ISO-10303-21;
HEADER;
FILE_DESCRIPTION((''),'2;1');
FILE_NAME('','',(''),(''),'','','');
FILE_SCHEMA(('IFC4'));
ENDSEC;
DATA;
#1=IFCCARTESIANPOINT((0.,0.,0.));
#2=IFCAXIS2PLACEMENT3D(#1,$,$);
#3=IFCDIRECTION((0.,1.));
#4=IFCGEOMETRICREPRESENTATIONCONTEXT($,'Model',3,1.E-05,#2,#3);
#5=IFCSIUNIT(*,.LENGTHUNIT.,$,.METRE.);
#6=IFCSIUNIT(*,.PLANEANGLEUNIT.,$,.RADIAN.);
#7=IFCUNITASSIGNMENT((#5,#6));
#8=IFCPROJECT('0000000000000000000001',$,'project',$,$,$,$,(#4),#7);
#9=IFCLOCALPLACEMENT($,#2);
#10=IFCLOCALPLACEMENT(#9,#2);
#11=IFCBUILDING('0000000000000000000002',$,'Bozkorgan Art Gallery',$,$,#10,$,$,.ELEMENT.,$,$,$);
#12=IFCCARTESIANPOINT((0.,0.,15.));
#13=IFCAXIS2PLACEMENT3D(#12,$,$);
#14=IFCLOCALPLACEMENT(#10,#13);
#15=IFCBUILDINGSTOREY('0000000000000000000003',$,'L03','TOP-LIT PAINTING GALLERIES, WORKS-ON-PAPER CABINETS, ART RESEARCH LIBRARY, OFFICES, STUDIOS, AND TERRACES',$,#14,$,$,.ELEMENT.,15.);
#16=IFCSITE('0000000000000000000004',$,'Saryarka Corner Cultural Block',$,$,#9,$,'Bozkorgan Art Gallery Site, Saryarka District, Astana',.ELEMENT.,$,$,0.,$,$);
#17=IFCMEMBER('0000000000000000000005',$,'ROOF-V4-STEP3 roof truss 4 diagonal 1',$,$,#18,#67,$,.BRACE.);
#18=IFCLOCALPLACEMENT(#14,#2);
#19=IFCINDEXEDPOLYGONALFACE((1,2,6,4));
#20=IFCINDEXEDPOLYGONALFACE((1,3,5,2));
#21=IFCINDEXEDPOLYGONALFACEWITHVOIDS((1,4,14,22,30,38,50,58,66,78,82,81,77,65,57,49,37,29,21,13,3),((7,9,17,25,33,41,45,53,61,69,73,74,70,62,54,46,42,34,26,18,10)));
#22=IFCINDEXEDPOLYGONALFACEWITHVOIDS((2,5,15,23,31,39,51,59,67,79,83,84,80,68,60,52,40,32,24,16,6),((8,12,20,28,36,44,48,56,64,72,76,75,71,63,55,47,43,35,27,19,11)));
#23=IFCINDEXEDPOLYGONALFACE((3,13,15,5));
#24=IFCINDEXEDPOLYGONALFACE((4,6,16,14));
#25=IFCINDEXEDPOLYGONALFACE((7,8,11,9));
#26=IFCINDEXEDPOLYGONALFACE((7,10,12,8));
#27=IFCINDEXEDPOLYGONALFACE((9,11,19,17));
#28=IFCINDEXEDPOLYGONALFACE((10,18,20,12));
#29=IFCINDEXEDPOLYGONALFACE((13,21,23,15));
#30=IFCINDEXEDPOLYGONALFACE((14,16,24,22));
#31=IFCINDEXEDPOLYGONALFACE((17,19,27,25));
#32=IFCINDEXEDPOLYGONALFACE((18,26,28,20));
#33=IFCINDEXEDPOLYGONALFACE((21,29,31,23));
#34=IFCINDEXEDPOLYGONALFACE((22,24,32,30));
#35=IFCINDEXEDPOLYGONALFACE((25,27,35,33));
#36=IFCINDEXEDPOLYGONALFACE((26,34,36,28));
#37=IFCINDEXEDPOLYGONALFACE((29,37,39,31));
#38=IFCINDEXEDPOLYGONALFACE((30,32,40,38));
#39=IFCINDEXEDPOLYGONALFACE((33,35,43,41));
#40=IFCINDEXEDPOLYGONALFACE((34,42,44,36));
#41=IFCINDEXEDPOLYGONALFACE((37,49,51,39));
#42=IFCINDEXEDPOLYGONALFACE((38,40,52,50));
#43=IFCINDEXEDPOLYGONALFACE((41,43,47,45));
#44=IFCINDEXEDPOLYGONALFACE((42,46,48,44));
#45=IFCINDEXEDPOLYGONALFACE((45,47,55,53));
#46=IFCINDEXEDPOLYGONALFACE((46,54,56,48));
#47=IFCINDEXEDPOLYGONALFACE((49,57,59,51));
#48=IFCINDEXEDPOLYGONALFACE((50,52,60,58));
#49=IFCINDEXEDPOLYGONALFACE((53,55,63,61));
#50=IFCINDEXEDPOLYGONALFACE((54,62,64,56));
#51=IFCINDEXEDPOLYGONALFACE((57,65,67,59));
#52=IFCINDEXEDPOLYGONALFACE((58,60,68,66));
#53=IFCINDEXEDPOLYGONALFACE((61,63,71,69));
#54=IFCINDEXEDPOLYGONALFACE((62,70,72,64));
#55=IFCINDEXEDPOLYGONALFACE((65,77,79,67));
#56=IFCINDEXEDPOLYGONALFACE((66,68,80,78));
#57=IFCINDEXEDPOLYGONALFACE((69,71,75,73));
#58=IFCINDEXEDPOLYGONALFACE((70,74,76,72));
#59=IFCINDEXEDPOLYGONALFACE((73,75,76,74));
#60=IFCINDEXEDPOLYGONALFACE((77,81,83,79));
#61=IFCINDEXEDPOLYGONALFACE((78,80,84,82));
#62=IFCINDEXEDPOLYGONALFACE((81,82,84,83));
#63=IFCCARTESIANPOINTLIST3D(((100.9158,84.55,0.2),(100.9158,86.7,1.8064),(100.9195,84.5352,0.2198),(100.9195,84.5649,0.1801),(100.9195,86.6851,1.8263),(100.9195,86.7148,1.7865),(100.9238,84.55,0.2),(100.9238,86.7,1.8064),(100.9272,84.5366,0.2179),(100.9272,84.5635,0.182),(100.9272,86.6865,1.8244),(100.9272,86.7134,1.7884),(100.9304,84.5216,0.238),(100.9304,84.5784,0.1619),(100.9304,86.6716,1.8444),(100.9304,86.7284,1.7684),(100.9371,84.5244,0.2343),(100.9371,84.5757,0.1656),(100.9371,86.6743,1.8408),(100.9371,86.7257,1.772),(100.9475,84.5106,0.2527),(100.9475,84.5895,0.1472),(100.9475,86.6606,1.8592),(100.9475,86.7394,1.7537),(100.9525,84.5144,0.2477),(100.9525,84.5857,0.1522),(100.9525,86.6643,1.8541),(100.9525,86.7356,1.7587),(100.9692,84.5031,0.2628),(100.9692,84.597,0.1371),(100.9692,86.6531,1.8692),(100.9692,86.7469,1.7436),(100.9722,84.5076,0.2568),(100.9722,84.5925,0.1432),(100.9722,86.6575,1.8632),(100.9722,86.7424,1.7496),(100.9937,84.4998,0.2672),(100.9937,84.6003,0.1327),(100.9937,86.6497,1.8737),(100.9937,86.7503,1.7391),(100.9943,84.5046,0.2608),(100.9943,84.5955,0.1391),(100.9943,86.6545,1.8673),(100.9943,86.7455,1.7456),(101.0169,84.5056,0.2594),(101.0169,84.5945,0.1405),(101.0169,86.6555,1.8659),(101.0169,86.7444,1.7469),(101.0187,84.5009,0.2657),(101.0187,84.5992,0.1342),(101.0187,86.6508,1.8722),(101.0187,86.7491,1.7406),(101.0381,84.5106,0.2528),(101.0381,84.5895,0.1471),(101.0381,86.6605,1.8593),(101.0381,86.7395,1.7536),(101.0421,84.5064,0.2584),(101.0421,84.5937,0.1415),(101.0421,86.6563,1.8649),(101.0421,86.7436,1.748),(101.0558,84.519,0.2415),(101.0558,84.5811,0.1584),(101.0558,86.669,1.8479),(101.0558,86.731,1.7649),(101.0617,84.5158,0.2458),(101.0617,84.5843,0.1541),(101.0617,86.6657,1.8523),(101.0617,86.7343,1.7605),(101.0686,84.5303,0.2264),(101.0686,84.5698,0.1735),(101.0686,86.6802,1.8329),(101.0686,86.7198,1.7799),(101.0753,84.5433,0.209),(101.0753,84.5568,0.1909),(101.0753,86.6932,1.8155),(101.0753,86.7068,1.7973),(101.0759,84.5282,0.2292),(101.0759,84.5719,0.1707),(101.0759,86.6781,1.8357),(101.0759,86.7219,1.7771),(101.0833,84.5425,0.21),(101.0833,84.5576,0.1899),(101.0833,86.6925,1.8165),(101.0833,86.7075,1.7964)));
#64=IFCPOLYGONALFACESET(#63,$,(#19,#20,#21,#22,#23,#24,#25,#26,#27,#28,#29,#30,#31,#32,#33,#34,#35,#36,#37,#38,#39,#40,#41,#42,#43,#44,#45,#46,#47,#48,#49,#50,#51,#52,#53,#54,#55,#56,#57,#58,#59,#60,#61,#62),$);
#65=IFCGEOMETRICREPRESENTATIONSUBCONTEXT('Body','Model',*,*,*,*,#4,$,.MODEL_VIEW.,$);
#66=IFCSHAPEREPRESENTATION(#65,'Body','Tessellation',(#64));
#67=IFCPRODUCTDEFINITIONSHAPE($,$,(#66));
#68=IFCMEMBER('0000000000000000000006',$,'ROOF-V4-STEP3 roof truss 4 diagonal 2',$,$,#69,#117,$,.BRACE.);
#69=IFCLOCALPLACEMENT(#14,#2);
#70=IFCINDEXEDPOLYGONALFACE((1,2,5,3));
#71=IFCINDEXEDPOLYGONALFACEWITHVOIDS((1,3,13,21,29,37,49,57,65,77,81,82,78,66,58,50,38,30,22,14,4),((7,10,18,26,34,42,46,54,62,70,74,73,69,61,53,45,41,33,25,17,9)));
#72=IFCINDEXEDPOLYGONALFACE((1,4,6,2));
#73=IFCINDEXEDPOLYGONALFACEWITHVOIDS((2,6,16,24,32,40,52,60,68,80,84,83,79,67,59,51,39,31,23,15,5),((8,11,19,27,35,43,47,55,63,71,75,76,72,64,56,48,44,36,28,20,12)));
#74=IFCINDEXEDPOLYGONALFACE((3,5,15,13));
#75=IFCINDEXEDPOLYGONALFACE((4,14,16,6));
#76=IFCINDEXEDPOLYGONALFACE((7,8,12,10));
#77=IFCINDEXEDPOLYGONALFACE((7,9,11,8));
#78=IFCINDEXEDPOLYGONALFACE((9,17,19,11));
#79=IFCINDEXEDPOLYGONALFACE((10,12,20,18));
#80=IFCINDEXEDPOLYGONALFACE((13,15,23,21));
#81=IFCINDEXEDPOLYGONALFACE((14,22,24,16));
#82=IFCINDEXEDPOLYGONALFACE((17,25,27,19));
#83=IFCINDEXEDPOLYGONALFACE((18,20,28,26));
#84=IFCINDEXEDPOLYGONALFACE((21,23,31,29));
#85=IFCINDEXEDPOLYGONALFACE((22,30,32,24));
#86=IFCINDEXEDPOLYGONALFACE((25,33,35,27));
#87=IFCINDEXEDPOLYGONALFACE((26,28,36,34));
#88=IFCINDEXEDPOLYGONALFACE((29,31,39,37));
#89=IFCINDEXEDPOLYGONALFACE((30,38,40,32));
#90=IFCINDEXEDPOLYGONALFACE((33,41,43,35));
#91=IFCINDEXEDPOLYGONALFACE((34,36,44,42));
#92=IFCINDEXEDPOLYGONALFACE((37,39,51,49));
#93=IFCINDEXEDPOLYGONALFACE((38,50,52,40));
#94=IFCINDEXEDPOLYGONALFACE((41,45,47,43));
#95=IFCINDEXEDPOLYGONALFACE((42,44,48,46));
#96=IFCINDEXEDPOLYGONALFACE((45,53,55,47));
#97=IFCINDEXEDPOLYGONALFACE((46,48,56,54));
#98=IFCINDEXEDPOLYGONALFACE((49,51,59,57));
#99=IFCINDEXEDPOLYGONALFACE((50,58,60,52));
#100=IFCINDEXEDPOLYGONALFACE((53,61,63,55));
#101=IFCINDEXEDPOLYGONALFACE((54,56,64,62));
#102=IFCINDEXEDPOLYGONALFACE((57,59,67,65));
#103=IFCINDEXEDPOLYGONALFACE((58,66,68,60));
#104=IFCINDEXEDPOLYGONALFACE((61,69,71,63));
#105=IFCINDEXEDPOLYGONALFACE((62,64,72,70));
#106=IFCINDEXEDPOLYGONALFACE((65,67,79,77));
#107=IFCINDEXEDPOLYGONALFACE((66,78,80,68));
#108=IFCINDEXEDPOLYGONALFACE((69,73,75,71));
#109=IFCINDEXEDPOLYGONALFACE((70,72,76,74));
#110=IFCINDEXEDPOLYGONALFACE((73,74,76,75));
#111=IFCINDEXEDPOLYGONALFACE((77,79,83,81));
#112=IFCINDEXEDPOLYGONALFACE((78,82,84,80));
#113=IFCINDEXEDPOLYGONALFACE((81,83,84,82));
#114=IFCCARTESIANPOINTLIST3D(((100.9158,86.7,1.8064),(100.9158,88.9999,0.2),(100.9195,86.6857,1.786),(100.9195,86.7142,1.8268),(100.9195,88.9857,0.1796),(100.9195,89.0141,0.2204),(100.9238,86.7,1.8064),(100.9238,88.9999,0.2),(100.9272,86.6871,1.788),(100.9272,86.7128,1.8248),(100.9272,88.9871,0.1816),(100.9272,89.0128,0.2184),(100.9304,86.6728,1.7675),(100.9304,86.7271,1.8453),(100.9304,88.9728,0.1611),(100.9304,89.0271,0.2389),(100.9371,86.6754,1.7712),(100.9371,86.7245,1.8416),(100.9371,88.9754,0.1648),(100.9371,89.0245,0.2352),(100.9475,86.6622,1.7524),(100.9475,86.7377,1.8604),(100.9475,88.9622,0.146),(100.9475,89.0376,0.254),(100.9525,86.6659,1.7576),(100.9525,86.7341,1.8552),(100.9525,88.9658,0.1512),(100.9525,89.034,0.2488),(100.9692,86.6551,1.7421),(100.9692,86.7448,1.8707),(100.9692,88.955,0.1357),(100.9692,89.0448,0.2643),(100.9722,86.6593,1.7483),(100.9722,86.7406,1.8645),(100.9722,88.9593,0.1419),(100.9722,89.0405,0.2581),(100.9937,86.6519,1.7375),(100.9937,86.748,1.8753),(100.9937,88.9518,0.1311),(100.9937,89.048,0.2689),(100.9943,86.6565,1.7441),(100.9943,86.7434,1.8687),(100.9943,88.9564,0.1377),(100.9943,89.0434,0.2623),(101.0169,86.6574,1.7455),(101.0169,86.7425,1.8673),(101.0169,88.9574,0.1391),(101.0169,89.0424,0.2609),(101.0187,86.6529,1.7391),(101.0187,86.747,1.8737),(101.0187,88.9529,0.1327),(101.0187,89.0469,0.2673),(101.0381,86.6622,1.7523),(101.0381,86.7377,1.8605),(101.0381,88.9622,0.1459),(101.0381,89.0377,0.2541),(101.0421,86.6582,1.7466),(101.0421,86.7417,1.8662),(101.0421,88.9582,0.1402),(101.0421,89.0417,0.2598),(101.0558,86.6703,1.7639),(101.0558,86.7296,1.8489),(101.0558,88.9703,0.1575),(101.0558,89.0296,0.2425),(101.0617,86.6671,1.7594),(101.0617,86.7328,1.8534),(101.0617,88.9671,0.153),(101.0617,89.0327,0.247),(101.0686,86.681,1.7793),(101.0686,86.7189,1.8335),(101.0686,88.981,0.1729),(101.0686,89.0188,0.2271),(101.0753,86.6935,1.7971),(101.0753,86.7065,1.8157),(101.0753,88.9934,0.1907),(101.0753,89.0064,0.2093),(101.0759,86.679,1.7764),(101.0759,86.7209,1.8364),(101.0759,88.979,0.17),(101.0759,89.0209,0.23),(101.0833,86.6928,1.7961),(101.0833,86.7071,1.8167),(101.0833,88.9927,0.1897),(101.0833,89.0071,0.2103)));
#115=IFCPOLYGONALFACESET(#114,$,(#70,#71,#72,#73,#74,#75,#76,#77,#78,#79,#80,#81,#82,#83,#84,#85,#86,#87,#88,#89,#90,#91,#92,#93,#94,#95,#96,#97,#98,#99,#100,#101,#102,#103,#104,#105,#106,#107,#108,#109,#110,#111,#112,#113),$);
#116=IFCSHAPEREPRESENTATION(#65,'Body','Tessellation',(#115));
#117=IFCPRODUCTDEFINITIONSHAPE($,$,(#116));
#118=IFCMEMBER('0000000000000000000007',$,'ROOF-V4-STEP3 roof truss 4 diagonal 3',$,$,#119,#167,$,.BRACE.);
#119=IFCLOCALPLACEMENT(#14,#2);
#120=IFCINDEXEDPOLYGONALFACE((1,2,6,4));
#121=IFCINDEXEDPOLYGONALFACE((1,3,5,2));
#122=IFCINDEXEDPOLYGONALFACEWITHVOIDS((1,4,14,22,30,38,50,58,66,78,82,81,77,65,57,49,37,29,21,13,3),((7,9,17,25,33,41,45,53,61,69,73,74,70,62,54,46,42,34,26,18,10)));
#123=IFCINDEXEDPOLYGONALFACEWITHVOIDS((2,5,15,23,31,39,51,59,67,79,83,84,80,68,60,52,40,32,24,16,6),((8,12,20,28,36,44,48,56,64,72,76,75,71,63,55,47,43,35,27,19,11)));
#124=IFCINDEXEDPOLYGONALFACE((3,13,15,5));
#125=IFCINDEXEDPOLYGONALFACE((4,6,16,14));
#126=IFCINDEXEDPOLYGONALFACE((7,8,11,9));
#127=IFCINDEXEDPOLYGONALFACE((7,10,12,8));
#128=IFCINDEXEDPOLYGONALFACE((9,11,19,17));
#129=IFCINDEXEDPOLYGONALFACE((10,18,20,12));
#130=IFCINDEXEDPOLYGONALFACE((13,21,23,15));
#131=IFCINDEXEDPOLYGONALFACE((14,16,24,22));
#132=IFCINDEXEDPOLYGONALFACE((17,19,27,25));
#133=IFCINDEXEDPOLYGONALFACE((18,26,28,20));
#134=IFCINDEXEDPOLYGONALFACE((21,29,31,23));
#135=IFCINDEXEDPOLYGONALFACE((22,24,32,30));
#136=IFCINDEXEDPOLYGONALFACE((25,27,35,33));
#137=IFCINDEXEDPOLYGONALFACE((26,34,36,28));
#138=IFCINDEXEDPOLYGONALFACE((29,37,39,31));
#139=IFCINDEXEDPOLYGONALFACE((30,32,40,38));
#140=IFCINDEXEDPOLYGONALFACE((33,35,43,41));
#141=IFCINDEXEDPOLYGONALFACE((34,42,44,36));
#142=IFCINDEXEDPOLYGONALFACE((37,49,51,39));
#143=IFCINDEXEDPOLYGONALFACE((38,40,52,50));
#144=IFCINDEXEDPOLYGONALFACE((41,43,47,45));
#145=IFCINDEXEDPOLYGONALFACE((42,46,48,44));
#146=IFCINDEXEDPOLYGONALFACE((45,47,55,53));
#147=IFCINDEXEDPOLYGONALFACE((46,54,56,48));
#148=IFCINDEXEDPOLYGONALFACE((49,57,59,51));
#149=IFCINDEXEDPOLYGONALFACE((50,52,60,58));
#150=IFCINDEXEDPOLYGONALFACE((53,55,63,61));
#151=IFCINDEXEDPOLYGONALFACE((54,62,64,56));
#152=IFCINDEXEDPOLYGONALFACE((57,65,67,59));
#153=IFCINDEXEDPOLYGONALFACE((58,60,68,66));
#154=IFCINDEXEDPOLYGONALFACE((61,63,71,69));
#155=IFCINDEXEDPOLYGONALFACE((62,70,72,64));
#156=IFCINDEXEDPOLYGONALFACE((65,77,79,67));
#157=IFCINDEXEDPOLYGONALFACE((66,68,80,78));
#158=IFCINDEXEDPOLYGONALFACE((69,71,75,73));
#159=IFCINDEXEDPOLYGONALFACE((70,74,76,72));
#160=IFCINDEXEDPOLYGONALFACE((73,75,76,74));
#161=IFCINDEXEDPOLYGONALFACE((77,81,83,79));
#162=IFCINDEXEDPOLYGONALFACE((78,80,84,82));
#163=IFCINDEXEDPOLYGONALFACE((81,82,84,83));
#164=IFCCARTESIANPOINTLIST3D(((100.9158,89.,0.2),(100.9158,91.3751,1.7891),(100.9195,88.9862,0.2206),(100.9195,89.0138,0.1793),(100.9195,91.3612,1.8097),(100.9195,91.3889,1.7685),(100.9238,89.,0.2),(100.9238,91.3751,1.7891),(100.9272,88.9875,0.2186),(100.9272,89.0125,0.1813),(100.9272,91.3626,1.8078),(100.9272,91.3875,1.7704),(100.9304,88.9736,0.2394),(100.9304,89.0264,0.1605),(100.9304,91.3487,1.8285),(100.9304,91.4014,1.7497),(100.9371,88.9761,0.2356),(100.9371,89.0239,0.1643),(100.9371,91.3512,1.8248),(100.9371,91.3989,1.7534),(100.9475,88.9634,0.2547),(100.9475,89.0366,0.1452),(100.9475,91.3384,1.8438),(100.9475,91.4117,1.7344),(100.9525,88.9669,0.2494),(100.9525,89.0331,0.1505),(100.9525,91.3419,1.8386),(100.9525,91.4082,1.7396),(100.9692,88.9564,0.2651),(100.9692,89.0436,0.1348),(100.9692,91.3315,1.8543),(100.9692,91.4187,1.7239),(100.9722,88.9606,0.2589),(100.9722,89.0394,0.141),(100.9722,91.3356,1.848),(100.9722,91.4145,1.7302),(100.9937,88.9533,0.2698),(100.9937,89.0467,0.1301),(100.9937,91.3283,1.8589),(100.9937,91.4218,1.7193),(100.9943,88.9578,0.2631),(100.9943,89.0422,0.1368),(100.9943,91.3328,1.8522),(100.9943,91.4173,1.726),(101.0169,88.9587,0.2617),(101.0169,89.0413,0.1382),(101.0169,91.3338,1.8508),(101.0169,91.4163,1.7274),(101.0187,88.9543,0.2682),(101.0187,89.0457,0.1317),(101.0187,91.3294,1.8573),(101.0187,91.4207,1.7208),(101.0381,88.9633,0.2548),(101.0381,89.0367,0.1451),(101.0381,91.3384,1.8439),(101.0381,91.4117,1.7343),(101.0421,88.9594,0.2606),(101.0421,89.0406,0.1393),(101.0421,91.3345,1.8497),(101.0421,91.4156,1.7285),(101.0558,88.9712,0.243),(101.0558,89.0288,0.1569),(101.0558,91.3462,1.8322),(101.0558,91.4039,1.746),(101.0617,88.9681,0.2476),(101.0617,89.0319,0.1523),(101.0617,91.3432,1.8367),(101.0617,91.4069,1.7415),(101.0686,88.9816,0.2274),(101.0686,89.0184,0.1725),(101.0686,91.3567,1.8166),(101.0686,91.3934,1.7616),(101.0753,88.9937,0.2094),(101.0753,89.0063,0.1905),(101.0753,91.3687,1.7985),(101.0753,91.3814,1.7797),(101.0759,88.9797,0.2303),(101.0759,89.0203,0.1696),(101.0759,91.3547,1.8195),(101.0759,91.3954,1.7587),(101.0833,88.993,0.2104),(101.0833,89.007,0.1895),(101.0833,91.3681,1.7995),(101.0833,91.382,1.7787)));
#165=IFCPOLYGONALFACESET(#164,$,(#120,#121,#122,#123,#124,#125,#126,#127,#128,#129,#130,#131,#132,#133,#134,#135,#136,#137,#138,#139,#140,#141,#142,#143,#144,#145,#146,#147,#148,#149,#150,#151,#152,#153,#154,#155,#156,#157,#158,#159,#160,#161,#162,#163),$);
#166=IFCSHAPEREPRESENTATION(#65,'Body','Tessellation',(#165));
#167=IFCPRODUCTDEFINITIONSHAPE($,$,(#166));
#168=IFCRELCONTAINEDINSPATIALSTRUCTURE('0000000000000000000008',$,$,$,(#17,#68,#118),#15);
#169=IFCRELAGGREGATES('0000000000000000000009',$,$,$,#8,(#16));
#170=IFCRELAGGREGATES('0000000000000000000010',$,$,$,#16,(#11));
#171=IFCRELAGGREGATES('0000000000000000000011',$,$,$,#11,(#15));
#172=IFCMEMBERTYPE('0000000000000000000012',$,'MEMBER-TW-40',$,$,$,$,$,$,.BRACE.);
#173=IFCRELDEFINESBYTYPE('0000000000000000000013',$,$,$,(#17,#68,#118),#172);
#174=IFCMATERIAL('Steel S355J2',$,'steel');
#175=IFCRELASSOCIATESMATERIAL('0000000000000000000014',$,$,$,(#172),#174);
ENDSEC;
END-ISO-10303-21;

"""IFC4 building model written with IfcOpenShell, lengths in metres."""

from ifc_helpers import new_model, si_unit, direction, frame, origin, origin_2d, place, context, subcontext, project, spatial, hollow_circle, extrude, material, material_profile, profile_set, type_object, element, save


model = new_model("IFC4")

# Units and contexts
model_context = context("Model", 3, precision=1e-05, world=origin(), true_north=direction((0.0, 1.0)))
body_context = subcontext(model_context, "Body", "Model", "MODEL_VIEW")
ifc_project = project(units=[si_unit("LENGTHUNIT", "METRE"), si_unit("PLANEANGLEUNIT", "RADIAN")], contexts=[model_context])

# Site, building, storey
site_placement = place(None, origin())
site = spatial("IfcSite", under=ifc_project, at=site_placement, Name="Saryarka Corner Cultural Block", LongName="Bozkorgan Art Gallery Site, Saryarka District, Astana", CompositionType="ELEMENT", RefElevation=0.0)
building_placement = place(site_placement, origin())
building = spatial("IfcBuilding", under=site, at=building_placement, Name="Bozkorgan Art Gallery", CompositionType="ELEMENT")
storey_placement = place(building_placement, frame((0.0, 0.0, 15.0)))
storey = spatial("IfcBuildingStorey", under=building, at=storey_placement, Name="L03", Description="TOP-LIT PAINTING GALLERIES, WORKS-ON-PAPER CABINETS, ART RESEARCH LIBRARY, OFFICES, STUDIOS, AND TERRACES", CompositionType="ELEMENT", Elevation=15.0)

# Shared definitions
ifc_material_1 = material(Name="Steel S355J2", Category="steel")

# Members
ifc_material_profile_1 = material_profile(ifc_material_1, hollow_circle(Radius=0.0842, WallThickness=0.0081, at=origin_2d()), Name="CHS 168.3x8")
ifc_profile_set_1 = profile_set([ifc_material_profile_1], Name="Steel S355J2")
member_type_1 = type_object("IfcMemberType", Name="MEMBER-TW-40", PredefinedType="BRACE", material=ifc_profile_set_1)
member_1_placement = place(storey_placement, frame((101.0, 84.55, 0.2), z_axis=(0.0, 0.801069, 0.598573), x_axis=(-1.0, 0.0, 0.0)))
element("IfcMember", 1, at=member_1_placement, inside=storey, type_object=member_type_1, Name="ROOF-V4-STEP3 roof truss 4 diagonal 1", PredefinedType="BRACE", context=body_context, shape_type="SweptSolid", body=[
    extrude(hollow_circle(Radius=0.0842, WallThickness=0.0081, at=origin_2d()), origin(), (0.0, 0.0, 1.0), 2.6838),
])
member_2_placement = place(storey_placement, frame((101.0, 86.7, 1.8064), z_axis=(0.0, 0.819832, -0.572603), x_axis=(-1.0, 0.0, 0.0)))
element("IfcMember", 2, at=member_2_placement, inside=storey, type_object=member_type_1, Name="ROOF-V4-STEP3 roof truss 4 diagonal 2", PredefinedType="BRACE", context=body_context, shape_type="SweptSolid", body=[
    extrude(hollow_circle(Radius=0.0842, WallThickness=0.0081, at=origin_2d()), origin(), (0.0, 0.0, 1.0), 2.8054),
])
for number, where, z_axis, x_axis, name in (
    (3, (101.0, 89.0, 0.2), (0.0, 0.831116, 0.556099), (-1.0, 0.0, 0.0), "ROOF-V4-STEP3 roof truss 4 diagonal 3"),
):
    element("IfcMember", number, at=place(storey_placement, frame(where, z_axis=z_axis, x_axis=x_axis)), inside=storey, type_object=member_type_1, Name=name, PredefinedType="BRACE", context=body_context, shape_type="SweptSolid", body=[
        extrude(hollow_circle(Radius=0.0842, WallThickness=0.0081, at=origin_2d()), origin(), (0.0, 0.0, 1.0), 2.8577),
    ])

save(model, "model.ifc")
